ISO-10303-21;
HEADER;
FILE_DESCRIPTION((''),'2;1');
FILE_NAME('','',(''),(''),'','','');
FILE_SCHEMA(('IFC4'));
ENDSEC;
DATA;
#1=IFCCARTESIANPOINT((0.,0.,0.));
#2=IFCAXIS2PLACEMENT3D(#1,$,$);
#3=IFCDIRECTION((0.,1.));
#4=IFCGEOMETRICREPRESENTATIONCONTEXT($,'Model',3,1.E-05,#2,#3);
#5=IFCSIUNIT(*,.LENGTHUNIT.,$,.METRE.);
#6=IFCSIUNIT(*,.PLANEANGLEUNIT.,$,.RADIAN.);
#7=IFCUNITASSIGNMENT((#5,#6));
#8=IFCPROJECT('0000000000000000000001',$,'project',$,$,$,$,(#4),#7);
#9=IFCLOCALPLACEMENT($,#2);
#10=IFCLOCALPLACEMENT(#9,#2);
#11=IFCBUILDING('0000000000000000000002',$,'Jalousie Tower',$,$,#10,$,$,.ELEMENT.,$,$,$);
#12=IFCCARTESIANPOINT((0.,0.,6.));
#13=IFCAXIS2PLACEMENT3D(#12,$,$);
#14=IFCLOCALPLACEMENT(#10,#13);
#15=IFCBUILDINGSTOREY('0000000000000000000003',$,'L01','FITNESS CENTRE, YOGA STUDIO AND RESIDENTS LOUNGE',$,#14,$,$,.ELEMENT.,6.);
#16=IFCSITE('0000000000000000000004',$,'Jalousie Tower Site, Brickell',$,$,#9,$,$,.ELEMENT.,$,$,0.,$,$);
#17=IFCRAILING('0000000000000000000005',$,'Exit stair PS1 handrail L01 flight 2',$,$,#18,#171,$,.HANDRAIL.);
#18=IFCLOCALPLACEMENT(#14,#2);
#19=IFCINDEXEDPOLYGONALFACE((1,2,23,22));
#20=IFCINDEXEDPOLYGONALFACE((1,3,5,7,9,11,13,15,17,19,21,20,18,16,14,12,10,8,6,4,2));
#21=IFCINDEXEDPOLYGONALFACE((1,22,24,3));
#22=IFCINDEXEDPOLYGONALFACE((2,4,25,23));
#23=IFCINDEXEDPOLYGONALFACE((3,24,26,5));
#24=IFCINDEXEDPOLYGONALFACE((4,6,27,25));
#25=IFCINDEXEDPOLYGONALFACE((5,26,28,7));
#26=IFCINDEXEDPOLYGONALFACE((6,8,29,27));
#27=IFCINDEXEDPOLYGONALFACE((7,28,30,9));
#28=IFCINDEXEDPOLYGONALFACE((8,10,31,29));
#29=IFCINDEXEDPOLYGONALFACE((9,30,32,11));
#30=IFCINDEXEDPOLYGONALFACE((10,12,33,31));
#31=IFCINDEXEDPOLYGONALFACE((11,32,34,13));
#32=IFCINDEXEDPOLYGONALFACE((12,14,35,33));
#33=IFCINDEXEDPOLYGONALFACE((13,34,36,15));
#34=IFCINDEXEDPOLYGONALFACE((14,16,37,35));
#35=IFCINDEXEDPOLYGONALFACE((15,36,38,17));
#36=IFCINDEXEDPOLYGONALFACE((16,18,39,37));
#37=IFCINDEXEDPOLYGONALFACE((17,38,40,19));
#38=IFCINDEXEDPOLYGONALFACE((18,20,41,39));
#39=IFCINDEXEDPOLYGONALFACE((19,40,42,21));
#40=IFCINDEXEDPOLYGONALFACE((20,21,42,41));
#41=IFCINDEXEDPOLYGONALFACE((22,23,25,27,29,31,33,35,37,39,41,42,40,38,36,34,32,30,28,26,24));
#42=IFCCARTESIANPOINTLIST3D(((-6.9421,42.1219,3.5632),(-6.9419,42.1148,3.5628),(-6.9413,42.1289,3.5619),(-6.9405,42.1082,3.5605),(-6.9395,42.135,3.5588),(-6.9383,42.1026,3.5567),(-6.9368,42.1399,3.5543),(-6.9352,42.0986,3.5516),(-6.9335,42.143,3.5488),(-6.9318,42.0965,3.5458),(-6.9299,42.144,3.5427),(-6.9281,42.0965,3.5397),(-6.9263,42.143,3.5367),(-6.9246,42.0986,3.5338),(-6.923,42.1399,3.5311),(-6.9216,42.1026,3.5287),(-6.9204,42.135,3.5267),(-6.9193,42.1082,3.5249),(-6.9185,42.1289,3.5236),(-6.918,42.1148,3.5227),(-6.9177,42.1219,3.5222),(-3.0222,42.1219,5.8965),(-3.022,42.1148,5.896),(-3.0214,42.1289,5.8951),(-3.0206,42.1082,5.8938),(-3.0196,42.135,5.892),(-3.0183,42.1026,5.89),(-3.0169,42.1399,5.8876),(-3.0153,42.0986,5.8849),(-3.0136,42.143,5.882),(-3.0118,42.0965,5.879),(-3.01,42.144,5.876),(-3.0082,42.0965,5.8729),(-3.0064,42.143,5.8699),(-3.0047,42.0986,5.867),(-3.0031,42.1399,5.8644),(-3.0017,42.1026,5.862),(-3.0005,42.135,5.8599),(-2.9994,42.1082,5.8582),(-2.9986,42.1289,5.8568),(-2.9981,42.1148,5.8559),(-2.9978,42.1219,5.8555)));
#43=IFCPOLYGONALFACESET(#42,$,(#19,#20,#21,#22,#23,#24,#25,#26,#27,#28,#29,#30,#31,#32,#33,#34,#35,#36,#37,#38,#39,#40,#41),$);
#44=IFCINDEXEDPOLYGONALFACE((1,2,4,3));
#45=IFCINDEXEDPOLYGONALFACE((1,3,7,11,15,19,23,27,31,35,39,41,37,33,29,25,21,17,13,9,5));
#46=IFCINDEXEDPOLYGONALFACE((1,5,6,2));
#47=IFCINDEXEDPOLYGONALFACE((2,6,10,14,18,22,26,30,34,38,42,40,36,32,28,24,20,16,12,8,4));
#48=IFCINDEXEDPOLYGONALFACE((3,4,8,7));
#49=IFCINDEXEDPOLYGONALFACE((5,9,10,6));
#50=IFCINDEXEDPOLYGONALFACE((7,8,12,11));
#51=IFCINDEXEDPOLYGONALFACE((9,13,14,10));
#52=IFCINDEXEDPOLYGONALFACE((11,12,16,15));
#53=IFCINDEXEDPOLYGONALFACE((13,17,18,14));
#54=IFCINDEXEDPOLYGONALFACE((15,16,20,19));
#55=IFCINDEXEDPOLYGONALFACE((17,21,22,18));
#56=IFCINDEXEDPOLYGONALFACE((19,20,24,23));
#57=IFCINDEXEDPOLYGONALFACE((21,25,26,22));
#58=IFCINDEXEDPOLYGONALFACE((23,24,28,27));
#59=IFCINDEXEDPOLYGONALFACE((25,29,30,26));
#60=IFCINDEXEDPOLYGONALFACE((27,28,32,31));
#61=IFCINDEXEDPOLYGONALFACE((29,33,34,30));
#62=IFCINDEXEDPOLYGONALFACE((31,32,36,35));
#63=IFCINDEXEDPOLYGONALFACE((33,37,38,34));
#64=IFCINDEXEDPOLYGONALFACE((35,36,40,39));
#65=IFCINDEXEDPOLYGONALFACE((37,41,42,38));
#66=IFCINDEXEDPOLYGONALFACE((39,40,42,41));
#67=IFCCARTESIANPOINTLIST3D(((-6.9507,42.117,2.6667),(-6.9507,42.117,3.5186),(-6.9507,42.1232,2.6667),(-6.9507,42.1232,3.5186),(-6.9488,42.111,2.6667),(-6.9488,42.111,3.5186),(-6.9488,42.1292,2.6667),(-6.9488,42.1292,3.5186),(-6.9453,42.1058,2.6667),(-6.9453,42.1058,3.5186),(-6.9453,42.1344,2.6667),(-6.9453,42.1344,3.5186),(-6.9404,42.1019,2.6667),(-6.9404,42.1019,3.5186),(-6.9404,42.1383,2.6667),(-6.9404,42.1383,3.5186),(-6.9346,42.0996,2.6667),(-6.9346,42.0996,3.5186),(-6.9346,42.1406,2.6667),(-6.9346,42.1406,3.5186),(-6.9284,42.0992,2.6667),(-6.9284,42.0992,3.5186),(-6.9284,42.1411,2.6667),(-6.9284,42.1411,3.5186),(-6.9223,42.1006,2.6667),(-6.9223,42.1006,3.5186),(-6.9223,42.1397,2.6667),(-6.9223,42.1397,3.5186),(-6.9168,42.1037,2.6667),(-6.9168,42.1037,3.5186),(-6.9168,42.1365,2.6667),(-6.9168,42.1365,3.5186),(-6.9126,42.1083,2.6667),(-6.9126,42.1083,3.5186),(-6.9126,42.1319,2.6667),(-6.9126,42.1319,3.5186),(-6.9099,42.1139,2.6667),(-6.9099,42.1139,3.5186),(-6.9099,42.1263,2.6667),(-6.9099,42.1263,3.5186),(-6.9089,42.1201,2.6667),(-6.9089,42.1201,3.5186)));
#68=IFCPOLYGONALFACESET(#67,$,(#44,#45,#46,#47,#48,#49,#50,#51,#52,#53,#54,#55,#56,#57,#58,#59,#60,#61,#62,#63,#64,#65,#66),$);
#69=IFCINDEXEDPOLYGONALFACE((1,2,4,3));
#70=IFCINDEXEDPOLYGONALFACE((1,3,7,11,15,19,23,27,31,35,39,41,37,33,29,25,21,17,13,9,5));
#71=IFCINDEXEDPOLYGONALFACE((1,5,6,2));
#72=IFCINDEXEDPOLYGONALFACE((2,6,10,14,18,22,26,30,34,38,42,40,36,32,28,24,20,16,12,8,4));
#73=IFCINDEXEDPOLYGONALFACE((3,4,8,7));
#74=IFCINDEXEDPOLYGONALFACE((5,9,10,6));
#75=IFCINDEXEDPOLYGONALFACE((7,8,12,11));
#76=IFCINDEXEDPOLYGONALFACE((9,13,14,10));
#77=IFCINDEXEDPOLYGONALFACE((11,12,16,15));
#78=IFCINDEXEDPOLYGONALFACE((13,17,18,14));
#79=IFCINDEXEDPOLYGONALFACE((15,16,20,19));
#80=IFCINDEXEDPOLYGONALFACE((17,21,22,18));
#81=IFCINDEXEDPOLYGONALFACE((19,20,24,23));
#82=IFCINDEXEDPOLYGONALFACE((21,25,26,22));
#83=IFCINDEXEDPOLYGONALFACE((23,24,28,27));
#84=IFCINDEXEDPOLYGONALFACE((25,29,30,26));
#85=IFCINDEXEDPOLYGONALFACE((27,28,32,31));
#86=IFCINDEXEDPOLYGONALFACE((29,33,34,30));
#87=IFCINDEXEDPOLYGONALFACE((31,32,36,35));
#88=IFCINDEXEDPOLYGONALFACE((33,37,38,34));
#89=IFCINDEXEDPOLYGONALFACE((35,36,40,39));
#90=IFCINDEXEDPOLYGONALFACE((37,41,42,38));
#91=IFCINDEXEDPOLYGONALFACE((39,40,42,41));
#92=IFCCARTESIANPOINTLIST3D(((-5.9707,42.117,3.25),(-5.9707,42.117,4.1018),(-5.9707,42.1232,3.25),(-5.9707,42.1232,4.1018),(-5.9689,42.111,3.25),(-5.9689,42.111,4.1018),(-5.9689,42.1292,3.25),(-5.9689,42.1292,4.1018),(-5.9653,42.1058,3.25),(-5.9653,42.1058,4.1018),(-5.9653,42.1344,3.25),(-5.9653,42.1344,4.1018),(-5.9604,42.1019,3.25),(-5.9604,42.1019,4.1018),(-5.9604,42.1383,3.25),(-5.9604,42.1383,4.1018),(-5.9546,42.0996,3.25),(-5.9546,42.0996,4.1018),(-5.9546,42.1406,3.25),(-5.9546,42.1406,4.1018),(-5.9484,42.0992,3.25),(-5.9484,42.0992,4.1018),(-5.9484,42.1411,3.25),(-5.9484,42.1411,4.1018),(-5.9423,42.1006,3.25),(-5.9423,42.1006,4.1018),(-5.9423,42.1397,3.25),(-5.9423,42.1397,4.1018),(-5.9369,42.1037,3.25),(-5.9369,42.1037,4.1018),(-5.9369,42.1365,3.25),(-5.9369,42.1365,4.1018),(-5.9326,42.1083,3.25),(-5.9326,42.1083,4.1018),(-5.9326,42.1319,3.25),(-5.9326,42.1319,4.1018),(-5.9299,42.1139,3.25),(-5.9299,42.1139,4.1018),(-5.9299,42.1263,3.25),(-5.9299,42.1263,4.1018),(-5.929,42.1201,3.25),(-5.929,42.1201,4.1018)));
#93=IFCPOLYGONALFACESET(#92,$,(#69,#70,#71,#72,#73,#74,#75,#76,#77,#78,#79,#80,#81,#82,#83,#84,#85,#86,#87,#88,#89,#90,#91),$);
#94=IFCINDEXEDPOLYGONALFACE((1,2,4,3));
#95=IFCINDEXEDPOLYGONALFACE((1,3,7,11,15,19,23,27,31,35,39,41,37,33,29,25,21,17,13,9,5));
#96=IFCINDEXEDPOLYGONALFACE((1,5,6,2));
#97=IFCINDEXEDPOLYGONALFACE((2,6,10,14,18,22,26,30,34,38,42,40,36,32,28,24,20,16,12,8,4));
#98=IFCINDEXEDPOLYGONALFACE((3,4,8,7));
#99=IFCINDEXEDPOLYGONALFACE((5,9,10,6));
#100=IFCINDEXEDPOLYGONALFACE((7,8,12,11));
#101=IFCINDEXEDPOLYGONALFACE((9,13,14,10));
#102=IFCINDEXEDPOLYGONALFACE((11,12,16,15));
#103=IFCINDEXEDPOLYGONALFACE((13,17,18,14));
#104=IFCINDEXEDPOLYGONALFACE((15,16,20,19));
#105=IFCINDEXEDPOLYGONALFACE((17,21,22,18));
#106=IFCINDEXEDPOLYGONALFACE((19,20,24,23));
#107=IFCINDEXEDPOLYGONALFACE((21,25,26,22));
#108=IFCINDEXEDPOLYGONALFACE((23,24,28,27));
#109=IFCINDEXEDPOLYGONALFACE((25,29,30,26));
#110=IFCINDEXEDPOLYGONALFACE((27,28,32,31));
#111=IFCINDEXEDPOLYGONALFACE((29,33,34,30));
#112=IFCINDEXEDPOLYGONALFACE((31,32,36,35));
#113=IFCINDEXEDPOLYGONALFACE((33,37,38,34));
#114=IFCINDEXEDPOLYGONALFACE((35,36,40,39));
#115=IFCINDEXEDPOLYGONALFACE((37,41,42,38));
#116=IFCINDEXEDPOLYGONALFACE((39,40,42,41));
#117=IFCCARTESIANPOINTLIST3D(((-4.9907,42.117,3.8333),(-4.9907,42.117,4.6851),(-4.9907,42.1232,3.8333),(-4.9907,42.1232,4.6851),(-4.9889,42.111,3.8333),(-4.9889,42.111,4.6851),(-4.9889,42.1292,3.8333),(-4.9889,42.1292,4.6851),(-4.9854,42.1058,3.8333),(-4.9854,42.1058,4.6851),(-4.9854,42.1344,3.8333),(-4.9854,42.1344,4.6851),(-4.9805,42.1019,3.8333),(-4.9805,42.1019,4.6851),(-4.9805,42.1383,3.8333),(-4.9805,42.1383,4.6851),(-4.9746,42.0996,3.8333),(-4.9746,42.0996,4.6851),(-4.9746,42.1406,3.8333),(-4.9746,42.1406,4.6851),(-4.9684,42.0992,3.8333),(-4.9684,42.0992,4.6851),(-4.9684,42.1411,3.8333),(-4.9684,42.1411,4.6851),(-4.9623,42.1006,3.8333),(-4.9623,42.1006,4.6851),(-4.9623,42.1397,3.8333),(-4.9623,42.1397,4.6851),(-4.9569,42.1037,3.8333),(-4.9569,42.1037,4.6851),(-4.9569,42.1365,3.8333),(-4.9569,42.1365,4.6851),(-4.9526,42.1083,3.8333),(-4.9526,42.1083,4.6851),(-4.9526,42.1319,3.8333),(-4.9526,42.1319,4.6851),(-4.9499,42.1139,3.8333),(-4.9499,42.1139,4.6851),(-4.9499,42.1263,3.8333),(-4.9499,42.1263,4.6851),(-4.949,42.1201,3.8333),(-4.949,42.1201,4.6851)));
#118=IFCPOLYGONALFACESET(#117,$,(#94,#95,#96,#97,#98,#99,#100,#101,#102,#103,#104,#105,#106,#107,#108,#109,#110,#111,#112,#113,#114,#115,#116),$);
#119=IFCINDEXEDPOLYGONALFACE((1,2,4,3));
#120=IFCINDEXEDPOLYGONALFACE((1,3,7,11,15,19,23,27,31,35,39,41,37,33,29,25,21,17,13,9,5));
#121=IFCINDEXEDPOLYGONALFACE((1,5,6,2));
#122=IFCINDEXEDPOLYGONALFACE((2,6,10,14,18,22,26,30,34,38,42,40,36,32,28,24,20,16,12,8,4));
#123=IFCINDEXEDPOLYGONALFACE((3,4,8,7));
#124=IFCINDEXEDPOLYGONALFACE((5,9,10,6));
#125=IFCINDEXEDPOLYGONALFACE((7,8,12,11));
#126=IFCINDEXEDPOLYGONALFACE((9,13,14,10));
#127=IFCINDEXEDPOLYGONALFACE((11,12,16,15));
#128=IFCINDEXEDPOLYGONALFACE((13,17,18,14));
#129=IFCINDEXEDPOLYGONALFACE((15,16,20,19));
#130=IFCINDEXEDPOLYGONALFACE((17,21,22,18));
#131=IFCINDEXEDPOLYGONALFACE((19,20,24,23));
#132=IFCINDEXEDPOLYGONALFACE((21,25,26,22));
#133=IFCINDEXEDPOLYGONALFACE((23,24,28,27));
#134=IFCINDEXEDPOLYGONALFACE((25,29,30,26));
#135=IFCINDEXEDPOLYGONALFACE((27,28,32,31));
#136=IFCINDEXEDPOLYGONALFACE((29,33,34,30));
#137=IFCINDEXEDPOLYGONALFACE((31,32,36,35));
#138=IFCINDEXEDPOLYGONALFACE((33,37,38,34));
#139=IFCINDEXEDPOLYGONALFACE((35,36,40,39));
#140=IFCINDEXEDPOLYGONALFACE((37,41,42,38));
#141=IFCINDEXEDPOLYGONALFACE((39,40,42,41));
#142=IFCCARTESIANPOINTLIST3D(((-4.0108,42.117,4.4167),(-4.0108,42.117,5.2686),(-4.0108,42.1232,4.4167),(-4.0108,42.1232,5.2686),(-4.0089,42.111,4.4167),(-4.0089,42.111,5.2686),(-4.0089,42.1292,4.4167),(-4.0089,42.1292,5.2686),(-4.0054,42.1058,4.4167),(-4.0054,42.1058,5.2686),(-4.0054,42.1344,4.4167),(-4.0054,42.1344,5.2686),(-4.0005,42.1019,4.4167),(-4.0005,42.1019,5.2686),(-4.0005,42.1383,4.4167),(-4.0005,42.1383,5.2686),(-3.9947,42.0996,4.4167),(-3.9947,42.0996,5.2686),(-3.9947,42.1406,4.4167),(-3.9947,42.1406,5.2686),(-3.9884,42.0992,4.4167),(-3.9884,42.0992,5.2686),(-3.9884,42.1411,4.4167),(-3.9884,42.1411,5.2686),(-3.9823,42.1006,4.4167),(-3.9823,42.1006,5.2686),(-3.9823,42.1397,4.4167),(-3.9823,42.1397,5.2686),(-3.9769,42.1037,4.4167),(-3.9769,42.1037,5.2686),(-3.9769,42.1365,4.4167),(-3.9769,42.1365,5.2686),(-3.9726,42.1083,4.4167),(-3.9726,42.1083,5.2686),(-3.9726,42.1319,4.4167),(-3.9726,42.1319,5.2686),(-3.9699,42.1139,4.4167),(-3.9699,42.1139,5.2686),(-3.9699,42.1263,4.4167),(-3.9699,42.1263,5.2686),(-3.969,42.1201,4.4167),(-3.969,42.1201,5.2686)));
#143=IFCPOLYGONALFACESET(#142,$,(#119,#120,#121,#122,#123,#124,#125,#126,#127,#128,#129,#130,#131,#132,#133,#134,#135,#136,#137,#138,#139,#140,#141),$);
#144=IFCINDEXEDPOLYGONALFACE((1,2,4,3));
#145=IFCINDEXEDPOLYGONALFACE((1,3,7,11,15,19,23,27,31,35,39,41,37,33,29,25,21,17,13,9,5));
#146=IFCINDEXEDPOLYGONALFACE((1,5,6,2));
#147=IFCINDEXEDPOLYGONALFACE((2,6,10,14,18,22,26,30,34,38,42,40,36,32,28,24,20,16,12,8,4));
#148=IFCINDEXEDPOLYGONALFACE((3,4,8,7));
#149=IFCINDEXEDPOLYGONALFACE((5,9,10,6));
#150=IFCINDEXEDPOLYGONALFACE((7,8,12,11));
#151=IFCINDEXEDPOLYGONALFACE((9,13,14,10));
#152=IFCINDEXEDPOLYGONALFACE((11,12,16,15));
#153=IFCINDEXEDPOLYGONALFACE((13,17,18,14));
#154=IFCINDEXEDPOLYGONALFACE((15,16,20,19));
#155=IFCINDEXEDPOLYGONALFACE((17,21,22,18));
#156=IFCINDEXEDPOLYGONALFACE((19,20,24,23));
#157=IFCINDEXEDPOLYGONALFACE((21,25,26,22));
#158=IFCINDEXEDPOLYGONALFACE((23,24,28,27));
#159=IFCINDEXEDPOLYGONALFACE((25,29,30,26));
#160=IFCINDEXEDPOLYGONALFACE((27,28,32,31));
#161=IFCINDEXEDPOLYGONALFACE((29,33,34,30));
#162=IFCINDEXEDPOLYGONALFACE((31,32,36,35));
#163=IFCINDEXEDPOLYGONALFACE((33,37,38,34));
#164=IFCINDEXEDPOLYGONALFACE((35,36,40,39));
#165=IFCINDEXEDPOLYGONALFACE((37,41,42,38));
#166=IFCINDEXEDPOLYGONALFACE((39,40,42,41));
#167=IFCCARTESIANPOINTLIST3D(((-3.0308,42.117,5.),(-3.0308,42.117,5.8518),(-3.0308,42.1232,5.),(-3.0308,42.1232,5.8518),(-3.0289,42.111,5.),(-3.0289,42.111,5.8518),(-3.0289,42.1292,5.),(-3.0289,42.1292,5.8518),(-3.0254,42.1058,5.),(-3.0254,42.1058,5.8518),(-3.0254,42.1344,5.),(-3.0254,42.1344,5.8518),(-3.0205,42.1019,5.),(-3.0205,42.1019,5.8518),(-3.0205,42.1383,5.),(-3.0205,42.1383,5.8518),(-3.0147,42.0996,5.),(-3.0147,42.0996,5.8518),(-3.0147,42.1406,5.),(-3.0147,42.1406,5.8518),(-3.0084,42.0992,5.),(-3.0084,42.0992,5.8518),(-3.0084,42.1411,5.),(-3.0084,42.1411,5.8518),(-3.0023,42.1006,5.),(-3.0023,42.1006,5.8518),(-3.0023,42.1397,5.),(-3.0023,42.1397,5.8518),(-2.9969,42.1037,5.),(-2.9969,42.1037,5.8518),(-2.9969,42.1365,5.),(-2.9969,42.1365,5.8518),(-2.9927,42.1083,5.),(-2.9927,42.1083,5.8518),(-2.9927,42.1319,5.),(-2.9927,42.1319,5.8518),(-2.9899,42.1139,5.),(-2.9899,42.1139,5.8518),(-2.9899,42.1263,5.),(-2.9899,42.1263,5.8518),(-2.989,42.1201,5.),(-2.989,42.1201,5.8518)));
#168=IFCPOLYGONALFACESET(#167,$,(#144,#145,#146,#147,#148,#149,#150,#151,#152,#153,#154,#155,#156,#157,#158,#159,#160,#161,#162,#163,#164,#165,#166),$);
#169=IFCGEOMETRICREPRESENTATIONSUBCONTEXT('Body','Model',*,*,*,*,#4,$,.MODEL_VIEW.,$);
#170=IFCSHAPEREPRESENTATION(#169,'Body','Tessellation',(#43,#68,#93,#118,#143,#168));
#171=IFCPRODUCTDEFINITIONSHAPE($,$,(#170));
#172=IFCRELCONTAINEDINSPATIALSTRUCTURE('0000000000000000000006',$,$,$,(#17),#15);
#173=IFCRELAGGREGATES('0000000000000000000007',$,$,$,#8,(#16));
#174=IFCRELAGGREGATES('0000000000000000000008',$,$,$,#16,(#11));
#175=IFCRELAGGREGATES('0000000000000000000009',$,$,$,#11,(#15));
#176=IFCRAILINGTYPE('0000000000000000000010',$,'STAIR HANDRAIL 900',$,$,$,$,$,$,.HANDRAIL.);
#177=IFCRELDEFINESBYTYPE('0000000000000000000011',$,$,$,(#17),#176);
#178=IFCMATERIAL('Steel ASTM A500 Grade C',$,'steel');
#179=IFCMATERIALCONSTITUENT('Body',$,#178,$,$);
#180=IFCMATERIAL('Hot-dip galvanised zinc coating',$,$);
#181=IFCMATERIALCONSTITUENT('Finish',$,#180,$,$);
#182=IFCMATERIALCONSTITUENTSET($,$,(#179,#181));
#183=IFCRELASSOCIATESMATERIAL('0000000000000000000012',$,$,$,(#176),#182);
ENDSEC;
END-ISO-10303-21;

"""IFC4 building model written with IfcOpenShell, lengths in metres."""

from ifc_helpers import new_model, si_unit, direction, frame, origin, origin_2d, place, context, subcontext, project, spatial, circle, extrude, material, constituent, constituent_set, type_object, element, save


model = new_model("IFC4")

# Units and contexts
model_context = context("Model", 3, precision=1e-05, world=origin(), true_north=direction((0.0, 1.0)))
body_context = subcontext(model_context, "Body", "Model", "MODEL_VIEW")
ifc_project = project(units=[si_unit("LENGTHUNIT", "METRE"), si_unit("PLANEANGLEUNIT", "RADIAN")], contexts=[model_context])

# Site, building, storey
site_placement = place(None, origin())
site = spatial("IfcSite", under=ifc_project, at=site_placement, Name="Jalousie Tower Site, Brickell", CompositionType="ELEMENT", RefElevation=0.0)
building_placement = place(site_placement, origin())
building = spatial("IfcBuilding", under=site, at=building_placement, Name="Jalousie Tower", CompositionType="ELEMENT")
storey_placement = place(building_placement, frame((0.0, 0.0, 6.0)))
storey = spatial("IfcBuildingStorey", under=building, at=storey_placement, Name="L01", Description="FITNESS CENTRE, YOGA STUDIO AND RESIDENTS LOUNGE", CompositionType="ELEMENT", Elevation=6.0)

# Railing
ifc_material_1 = material(Name="Steel ASTM A500 Grade C", Category="steel")
ifc_constituent_1 = constituent(ifc_material_1, Name="Body")
ifc_material_2 = material(Name="Hot-dip galvanised zinc coating")
ifc_constituent_2 = constituent(ifc_material_2, Name="Finish")
ifc_constituent_set_1 = constituent_set(constituents=[ifc_constituent_1, ifc_constituent_2])
railing_type_1 = type_object("IfcRailingType", Name="STAIR HANDRAIL 900", PredefinedType="HANDRAIL", material=ifc_constituent_set_1)
railing_1_placement = place(storey_placement, frame((-6.9299, 42.1201, 2.6667)))
element("IfcRailing", 1, at=railing_1_placement, inside=storey, type_object=railing_type_1, Name="Exit stair PS1 handrail L01 flight 2", PredefinedType="HANDRAIL", context=body_context, shape_type="SweptSolid", body=[
    extrude(circle(Radius=0.0239, at=origin_2d()), frame((0.0, 0.0, 0.876), z_axis=(0.859296, 0.0, 0.511478), x_axis=(0.0, 1.0, 0.0)), (0.0, 0.0, 1.0), 4.5618),
    extrude(circle(Radius=0.021, at=origin_2d()), origin(), (0.0, 0.0, 1.0), 0.8518),
    extrude(circle(Radius=0.021, at=origin_2d()), frame((0.98, 0.0, 0.5833)), (0.0, 0.0, 1.0), 0.8518),
    extrude(circle(Radius=0.021, at=origin_2d()), frame((1.96, 0.0, 1.1665)), (0.0, 0.0, 1.0), 0.8518),
    extrude(circle(Radius=0.021, at=origin_2d()), frame((2.9399, 0.0, 1.75)), (0.0, 0.0, 1.0), 0.8518),
    extrude(circle(Radius=0.021, at=origin_2d()), frame((3.9199, 0.0, 2.3333)), (0.0, 0.0, 1.0), 0.8518),
])

save(model, "model.ifc")
